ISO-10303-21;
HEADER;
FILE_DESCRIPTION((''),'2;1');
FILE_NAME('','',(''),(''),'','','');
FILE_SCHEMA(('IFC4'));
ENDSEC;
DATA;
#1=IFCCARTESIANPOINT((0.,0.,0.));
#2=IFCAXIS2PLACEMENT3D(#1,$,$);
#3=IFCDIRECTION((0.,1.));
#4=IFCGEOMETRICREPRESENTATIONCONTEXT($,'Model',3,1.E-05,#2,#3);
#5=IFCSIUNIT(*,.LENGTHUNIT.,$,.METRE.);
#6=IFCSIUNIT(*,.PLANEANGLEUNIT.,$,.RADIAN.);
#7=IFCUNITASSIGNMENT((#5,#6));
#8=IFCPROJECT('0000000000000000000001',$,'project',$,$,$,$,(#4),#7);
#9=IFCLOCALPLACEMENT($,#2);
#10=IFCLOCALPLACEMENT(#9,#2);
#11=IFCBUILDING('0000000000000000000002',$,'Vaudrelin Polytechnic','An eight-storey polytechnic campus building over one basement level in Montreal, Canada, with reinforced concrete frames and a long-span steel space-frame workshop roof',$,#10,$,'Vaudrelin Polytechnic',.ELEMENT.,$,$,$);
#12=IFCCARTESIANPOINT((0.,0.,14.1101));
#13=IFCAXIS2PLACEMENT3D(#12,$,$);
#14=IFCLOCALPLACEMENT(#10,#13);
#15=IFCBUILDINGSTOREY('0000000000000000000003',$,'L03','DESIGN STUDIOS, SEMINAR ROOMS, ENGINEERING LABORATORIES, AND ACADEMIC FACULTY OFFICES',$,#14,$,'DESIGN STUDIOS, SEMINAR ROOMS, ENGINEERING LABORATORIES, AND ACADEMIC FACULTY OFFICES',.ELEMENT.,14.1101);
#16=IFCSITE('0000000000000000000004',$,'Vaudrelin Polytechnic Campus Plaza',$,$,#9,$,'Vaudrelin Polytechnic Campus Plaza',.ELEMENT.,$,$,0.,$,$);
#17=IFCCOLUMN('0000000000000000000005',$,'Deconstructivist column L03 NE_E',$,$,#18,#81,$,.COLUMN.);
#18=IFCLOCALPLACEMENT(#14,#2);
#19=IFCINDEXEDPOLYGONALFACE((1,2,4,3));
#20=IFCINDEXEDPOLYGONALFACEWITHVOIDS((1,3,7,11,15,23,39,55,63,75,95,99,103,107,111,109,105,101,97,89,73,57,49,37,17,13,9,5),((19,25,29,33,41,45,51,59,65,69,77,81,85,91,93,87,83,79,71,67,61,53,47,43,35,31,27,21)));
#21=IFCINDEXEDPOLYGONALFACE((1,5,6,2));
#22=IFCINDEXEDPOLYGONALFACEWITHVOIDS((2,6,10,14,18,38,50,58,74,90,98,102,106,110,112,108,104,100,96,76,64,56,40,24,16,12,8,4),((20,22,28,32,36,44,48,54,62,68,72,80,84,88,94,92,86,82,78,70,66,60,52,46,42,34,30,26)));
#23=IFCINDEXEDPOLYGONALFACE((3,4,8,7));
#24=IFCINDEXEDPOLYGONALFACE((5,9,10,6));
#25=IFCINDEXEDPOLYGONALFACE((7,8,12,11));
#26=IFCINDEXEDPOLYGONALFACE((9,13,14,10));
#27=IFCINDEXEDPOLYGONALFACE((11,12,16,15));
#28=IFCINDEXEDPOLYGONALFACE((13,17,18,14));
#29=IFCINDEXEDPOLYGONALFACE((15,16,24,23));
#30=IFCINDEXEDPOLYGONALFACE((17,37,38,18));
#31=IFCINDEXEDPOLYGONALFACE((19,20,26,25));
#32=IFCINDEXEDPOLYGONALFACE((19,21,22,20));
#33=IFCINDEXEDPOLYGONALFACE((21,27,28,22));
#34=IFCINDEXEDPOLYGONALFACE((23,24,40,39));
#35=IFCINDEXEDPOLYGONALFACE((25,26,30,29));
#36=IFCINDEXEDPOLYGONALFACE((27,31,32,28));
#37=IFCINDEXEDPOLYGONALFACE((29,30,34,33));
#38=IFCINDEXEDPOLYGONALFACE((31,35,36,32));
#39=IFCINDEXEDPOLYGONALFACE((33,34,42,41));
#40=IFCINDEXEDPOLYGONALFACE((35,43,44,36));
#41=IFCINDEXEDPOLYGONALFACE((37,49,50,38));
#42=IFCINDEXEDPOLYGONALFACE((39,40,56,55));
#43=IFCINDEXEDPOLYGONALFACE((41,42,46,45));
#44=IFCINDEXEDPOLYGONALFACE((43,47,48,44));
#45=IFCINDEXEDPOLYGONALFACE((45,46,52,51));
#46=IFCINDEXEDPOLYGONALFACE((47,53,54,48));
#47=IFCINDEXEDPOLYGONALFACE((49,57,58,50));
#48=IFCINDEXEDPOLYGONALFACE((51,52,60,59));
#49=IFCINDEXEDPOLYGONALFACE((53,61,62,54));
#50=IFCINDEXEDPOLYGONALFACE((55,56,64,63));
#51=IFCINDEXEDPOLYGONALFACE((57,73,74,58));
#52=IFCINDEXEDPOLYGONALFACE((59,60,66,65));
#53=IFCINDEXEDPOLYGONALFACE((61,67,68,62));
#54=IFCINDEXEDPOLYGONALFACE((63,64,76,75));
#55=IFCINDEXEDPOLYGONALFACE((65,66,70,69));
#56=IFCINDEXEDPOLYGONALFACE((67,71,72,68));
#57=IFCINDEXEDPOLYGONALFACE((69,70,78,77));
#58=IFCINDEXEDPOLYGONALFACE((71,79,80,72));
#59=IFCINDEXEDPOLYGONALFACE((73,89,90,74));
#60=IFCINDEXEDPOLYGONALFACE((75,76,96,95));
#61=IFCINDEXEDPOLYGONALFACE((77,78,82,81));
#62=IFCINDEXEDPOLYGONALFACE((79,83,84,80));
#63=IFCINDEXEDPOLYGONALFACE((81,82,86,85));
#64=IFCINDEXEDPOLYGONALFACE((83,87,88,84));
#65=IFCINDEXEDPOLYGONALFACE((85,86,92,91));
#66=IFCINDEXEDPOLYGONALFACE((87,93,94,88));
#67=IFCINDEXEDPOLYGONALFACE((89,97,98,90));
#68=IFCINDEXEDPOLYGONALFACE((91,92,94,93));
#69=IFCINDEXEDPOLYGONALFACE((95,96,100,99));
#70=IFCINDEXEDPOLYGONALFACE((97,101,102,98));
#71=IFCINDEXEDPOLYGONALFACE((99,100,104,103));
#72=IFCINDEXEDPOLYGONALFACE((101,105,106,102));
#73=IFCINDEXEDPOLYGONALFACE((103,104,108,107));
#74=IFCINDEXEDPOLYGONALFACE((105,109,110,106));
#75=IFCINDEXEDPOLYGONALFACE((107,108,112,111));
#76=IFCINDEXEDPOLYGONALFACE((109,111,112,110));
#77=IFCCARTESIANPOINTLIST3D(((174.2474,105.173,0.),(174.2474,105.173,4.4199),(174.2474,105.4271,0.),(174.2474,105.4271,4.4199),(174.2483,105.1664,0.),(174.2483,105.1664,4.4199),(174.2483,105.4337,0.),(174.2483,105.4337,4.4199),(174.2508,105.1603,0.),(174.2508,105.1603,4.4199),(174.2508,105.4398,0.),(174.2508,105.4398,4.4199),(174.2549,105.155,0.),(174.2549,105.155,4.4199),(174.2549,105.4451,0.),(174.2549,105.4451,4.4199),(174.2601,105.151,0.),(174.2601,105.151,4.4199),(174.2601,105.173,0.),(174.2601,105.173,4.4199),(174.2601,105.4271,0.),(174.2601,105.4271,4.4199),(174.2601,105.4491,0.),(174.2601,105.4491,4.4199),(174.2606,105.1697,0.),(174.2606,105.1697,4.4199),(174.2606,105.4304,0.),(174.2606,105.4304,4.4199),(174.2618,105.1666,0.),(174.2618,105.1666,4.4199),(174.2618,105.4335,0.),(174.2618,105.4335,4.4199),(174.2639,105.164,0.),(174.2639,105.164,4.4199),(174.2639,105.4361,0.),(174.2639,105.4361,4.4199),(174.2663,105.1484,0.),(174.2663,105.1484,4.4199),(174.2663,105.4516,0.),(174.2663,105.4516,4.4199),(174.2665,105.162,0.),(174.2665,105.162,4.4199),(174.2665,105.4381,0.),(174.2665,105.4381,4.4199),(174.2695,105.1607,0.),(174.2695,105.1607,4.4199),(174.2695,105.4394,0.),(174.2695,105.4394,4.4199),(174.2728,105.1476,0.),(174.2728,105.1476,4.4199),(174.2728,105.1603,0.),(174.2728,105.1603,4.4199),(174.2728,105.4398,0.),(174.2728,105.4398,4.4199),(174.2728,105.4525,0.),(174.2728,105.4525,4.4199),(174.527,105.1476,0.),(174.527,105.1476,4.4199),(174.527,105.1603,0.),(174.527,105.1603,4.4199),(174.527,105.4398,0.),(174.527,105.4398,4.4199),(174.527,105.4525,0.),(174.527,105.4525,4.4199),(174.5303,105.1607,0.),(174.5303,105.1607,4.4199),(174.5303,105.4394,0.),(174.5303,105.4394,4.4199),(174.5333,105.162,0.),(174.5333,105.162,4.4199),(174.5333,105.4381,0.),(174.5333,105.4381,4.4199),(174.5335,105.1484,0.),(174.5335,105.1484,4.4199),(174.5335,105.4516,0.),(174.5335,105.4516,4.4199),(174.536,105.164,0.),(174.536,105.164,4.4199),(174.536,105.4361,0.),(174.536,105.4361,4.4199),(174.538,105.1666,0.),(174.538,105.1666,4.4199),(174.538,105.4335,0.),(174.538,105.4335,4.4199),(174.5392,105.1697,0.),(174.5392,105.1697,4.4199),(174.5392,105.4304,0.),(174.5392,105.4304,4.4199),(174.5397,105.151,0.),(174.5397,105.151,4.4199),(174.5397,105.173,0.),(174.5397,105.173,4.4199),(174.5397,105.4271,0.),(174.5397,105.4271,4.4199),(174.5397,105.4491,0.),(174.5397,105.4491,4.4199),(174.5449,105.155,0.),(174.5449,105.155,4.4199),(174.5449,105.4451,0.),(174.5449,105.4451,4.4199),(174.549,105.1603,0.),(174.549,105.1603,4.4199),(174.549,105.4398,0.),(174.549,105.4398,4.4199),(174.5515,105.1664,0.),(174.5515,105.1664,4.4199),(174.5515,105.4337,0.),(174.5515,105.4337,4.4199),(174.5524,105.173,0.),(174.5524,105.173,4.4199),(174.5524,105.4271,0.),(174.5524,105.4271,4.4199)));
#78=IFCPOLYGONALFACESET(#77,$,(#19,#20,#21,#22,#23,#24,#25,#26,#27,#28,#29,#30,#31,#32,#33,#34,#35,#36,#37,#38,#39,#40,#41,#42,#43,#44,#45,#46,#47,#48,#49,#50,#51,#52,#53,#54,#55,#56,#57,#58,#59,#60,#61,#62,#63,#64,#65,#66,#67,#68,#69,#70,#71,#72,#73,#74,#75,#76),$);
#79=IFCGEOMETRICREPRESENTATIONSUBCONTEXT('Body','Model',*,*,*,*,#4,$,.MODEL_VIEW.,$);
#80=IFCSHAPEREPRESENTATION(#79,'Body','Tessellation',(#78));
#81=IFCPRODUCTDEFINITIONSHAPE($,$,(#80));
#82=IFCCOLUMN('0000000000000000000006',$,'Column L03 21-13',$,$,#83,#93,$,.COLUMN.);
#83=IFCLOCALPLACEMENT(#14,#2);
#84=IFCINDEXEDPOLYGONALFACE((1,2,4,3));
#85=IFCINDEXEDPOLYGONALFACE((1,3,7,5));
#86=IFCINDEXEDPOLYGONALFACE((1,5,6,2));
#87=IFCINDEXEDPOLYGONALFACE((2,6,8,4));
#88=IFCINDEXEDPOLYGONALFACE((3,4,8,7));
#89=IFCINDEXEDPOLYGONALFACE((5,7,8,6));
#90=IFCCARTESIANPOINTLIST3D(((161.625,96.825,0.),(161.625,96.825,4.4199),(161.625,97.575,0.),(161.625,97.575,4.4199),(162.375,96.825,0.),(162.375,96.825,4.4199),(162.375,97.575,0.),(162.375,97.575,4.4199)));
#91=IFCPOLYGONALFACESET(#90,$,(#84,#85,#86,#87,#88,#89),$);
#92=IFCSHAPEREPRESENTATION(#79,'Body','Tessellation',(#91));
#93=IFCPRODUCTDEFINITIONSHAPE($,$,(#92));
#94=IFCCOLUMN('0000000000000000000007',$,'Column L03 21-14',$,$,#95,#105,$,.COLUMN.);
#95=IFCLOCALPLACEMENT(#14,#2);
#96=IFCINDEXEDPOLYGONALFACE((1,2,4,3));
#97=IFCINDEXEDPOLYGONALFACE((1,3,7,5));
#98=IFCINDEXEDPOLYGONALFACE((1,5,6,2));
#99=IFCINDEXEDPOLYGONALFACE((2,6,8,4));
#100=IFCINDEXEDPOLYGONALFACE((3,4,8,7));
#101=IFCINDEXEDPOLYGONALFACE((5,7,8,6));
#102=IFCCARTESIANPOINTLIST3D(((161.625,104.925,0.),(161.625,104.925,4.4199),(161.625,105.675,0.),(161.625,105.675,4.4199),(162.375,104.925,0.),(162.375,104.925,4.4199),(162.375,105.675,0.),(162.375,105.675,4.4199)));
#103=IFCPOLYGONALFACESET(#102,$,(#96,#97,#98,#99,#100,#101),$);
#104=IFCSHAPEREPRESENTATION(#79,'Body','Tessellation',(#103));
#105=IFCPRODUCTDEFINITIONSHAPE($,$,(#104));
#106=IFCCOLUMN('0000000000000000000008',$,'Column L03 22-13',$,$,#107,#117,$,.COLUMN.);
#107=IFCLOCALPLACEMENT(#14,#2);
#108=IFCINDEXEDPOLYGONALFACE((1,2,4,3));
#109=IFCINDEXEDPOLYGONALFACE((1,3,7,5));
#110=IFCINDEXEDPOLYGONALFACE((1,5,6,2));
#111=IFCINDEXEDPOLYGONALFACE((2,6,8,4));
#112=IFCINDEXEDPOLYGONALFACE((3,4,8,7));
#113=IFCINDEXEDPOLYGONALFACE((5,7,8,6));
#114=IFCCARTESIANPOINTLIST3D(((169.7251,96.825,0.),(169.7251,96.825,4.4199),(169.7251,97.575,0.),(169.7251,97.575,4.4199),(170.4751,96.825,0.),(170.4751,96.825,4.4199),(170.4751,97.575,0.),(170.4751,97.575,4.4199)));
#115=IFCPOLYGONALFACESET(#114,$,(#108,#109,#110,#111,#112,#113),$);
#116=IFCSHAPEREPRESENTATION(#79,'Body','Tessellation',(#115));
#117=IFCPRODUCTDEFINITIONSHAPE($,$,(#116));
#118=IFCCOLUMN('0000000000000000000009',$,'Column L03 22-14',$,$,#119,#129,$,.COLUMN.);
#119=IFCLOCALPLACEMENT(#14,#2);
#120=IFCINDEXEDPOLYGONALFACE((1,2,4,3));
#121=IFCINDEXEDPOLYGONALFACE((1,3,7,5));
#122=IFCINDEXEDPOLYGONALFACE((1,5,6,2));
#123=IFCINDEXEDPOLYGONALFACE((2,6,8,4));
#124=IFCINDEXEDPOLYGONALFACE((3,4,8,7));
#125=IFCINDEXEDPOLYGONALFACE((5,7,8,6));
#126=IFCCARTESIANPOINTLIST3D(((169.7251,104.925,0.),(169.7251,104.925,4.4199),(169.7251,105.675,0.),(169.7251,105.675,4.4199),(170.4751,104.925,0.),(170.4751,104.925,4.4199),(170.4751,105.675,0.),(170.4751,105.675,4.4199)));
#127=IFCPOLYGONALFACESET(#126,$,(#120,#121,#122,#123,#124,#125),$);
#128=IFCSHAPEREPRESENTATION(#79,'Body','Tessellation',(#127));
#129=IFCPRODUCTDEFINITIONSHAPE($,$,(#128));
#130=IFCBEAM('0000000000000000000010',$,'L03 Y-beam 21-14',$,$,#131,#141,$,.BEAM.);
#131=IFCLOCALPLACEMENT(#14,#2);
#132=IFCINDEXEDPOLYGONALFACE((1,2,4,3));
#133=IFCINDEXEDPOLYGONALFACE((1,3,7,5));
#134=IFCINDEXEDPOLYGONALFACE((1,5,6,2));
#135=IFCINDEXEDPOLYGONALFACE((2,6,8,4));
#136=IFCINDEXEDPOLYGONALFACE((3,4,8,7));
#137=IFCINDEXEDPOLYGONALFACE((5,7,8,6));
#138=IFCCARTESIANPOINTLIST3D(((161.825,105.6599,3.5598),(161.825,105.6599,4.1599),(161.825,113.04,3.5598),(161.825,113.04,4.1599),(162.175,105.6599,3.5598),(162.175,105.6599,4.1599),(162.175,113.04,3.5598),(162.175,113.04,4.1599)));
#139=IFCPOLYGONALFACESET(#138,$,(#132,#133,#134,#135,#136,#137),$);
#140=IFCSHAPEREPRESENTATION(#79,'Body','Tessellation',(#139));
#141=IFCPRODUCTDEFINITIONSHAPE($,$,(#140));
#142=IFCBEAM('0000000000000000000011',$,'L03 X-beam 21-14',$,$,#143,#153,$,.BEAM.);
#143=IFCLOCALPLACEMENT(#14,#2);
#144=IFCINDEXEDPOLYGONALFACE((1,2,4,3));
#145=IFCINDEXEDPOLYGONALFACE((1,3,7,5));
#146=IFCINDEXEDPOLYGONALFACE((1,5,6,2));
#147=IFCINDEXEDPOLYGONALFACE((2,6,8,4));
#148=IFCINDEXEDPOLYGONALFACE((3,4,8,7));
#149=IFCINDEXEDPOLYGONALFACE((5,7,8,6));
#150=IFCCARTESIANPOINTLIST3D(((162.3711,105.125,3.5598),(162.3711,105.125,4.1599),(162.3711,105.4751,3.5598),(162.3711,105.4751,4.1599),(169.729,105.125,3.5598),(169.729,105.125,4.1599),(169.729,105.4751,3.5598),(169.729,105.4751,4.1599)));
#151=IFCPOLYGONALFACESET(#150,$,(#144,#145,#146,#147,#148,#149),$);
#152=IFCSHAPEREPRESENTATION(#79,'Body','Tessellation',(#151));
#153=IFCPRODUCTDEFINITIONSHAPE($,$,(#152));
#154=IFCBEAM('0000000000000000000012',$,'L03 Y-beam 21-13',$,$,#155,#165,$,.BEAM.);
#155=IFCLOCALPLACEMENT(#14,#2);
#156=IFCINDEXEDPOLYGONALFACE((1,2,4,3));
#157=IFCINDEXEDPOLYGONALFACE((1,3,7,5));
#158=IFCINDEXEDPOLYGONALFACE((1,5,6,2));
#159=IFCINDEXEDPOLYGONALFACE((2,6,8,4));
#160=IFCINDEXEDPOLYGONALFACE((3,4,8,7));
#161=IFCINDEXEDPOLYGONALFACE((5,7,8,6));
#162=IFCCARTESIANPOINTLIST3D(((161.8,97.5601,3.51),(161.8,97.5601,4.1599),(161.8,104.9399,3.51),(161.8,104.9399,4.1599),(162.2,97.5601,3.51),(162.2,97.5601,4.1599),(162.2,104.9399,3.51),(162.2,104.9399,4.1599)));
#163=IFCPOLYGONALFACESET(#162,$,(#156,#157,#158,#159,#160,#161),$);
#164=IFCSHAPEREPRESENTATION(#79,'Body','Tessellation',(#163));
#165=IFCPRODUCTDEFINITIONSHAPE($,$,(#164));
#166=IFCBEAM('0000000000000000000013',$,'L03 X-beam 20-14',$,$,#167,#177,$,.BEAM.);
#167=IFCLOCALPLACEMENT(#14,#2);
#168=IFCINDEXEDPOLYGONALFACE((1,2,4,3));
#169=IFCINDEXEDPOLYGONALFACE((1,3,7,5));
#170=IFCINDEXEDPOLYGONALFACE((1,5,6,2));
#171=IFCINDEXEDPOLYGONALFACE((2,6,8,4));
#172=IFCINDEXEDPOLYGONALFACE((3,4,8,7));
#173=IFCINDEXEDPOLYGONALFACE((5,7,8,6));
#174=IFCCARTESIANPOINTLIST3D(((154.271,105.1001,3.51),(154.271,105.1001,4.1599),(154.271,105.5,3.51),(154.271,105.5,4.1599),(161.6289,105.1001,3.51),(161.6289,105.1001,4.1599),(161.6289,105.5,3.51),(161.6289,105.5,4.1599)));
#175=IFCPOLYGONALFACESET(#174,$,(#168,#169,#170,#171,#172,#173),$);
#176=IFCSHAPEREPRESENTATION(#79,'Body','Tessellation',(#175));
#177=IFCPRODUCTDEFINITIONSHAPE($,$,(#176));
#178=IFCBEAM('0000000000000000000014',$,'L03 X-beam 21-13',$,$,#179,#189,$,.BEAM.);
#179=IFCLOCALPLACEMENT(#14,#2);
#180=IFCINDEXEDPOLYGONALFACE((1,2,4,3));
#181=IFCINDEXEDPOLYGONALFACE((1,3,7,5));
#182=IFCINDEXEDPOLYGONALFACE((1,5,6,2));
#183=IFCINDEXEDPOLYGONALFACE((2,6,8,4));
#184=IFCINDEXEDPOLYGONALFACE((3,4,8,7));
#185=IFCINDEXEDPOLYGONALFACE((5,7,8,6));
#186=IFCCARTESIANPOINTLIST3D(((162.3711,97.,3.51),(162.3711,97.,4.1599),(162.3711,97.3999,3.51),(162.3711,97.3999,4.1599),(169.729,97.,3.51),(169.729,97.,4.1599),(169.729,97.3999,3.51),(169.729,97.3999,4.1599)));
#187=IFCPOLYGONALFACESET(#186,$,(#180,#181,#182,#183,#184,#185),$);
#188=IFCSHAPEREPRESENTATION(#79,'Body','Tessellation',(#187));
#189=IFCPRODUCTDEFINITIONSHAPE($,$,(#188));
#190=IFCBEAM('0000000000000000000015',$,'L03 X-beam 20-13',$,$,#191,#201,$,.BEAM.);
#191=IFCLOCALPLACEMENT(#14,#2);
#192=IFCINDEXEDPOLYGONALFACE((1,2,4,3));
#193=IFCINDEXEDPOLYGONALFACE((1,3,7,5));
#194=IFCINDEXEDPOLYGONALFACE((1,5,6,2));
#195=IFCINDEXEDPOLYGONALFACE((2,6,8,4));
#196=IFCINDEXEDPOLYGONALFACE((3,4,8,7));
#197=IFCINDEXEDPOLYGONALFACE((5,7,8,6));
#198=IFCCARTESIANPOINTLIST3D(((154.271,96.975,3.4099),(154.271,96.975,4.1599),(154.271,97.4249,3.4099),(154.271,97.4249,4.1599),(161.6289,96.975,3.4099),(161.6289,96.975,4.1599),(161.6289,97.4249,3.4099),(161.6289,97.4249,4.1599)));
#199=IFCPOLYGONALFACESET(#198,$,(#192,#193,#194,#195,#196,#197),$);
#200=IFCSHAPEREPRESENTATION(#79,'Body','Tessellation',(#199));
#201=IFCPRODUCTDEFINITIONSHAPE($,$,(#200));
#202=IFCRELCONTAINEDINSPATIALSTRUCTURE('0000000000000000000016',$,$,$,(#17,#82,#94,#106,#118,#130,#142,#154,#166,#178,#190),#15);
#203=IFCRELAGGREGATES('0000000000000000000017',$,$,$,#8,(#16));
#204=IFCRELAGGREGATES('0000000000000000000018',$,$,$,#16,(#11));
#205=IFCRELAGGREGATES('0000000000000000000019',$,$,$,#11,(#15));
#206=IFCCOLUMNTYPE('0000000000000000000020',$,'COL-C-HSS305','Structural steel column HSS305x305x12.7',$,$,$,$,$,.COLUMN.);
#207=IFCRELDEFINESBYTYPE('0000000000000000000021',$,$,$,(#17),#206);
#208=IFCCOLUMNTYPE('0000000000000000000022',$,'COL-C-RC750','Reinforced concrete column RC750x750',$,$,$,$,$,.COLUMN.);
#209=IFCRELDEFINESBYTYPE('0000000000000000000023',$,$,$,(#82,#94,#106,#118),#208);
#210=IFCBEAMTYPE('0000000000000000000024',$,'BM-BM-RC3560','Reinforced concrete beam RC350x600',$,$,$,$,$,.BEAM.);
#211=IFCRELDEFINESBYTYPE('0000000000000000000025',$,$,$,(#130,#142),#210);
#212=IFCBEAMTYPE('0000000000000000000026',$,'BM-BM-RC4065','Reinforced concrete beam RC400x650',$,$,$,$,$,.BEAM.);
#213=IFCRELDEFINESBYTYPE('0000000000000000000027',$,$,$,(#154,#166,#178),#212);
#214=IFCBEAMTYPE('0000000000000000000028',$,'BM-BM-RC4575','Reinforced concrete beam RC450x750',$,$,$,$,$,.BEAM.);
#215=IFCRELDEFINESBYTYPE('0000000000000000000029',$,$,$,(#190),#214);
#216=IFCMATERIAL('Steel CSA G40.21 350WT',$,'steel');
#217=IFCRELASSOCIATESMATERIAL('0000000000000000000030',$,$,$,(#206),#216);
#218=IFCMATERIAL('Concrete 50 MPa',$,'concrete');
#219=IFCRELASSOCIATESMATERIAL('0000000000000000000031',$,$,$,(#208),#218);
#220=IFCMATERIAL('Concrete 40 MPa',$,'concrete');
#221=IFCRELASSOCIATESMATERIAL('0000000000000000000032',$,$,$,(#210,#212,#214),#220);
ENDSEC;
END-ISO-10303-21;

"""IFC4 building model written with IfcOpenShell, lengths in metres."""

from ifc_helpers import new_model, si_unit, direction, frame, origin, origin_2d, place, context, subcontext, project, spatial, rectangle, hollow_rectangle, extrude, material, material_profile, profile_set, type_object, element, save


model = new_model("IFC4")

# Units and contexts
model_context = context("Model", 3, precision=1e-05, world=origin(), true_north=direction((0.0, 1.0)))
body_context = subcontext(model_context, "Body", "Model", "MODEL_VIEW")
ifc_project = project(units=[si_unit("LENGTHUNIT", "METRE"), si_unit("PLANEANGLEUNIT", "RADIAN")], contexts=[model_context])

# Site, building, storey
site_placement = place(None, origin())
site = spatial("IfcSite", under=ifc_project, at=site_placement, Name="Vaudrelin Polytechnic Campus Plaza", LongName="Vaudrelin Polytechnic Campus Plaza", CompositionType="ELEMENT", RefElevation=0.0)
building_placement = place(site_placement, origin())
building = spatial("IfcBuilding", under=site, at=building_placement, Name="Vaudrelin Polytechnic", Description="An eight-storey polytechnic campus building over one basement level in Montreal, Canada, with reinforced concrete frames and a long-span steel space-frame workshop roof", LongName="Vaudrelin Polytechnic", CompositionType="ELEMENT")
storey_placement = place(building_placement, frame((0.0, 0.0, 14.1101)))
storey = spatial("IfcBuildingStorey", under=building, at=storey_placement, Name="L03", Description="DESIGN STUDIOS, SEMINAR ROOMS, ENGINEERING LABORATORIES, AND ACADEMIC FACULTY OFFICES", LongName="DESIGN STUDIOS, SEMINAR ROOMS, ENGINEERING LABORATORIES, AND ACADEMIC FACULTY OFFICES", CompositionType="ELEMENT", Elevation=14.1101)

# Columns
ifc_material_1 = material(Name="Steel CSA G40.21 350WT", Category="steel")
ifc_material_profile_1 = material_profile(ifc_material_1, hollow_rectangle(XDim=0.3049, YDim=0.3049, WallThickness=0.0127, InnerFilletRadius=0.0127, OuterFilletRadius=0.0254, at=origin_2d()), Name="HSS305x305x12.7")
ifc_profile_set_1 = profile_set([ifc_material_profile_1], Name="Steel CSA G40.21 350WT")
column_type_1 = type_object("IfcColumnType", Name="COL-C-HSS305", Description="Structural steel column HSS305x305x12.7", PredefinedType="COLUMN", material=ifc_profile_set_1)
column_placement = place(storey_placement, frame((174.3999, 105.3, 0.0), z_axis=(0.0, 0.0, 1.0), x_axis=(1.0, 0.0, 0.0)))
element("IfcColumn", 1, at=column_placement, inside=storey, type_object=column_type_1, Name="Deconstructivist column L03 NE_E", PredefinedType="COLUMN", context=body_context, shape_type="SweptSolid", body=[
    extrude(hollow_rectangle(XDim=0.3049, YDim=0.3049, WallThickness=0.0127, InnerFilletRadius=0.0127, OuterFilletRadius=0.0254, at=origin_2d()), origin(), (0.0, 0.0, 1.0), 4.4199),
])
ifc_material_2 = material(Name="Concrete 50 MPa", Category="concrete")
ifc_material_profile_2 = material_profile(ifc_material_2, rectangle(XDim=0.75, YDim=0.75, at=origin_2d()), Name="RC750x750")
ifc_profile_set_2 = profile_set([ifc_material_profile_2], Name="Concrete 50 MPa")
column_type_2 = type_object("IfcColumnType", Name="COL-C-RC750", Description="Reinforced concrete column RC750x750", PredefinedType="COLUMN", material=ifc_profile_set_2)
for number, where, z_axis, x_axis, name in (
    (2, (162.0, 97.2, 0.0), (0.0, 0.0, 1.0), (1.0, 0.0, 0.0), "Column L03 21-13"),
    (3, (162.0, 105.3, 0.0), (0.0, 0.0, 1.0), (1.0, 0.0, 0.0), "Column L03 21-14"),
    (4, (170.1001, 97.2, 0.0), (0.0, 0.0, 1.0), (1.0, 0.0, 0.0), "Column L03 22-13"),
    (5, (170.1001, 105.3, 0.0), (0.0, 0.0, 1.0), (1.0, 0.0, 0.0), "Column L03 22-14"),
):
    element("IfcColumn", number, at=place(storey_placement, frame(where, z_axis=z_axis, x_axis=x_axis)), inside=storey, type_object=column_type_2, Name=name, PredefinedType="COLUMN", context=body_context, shape_type="SweptSolid", body=[
        extrude(rectangle(XDim=0.75, YDim=0.75, at=origin_2d()), origin(), (0.0, 0.0, 1.0), 4.4199),
    ])

# Beams
ifc_material_3 = material(Name="Concrete 40 MPa", Category="concrete")
ifc_material_profile_3 = material_profile(ifc_material_3, rectangle(XDim=0.3501, YDim=0.6001, at=origin_2d()), Name="RC350x600")
ifc_profile_set_3 = profile_set([ifc_material_profile_3], Name="Concrete 40 MPa")
beam_type_1 = type_object("IfcBeamType", Name="BM-BM-RC3560", Description="Reinforced concrete beam RC350x600", PredefinedType="BEAM", material=ifc_profile_set_3)
beam_1_placement = place(storey_placement, frame((162.0, 105.6599, 3.8599), z_axis=(0.0, 1.0, 0.0), x_axis=(-1.0, 0.0, 0.0)))
element("IfcBeam", 6, at=beam_1_placement, inside=storey, type_object=beam_type_1, Name="L03 Y-beam 21-14", PredefinedType="BEAM", context=body_context, shape_type="SweptSolid", body=[
    extrude(rectangle(XDim=0.3501, YDim=0.6001, at=origin_2d()), origin(), (0.0, 0.0, 1.0), 7.3801),
])
beam_2_placement = place(storey_placement, frame((162.3711, 105.3, 3.8599), z_axis=(1.0, 0.0, 0.0), x_axis=(0.0, 1.0, 0.0)))
element("IfcBeam", 7, at=beam_2_placement, inside=storey, type_object=beam_type_1, Name="L03 X-beam 21-14", PredefinedType="BEAM", context=body_context, shape_type="SweptSolid", body=[
    extrude(rectangle(XDim=0.3501, YDim=0.6001, at=origin_2d()), origin(), (0.0, 0.0, 1.0), 7.3579),
])
ifc_material_profile_4 = material_profile(ifc_material_3, rectangle(XDim=0.3999, YDim=0.6499, at=origin_2d()), Name="RC400x650")
ifc_profile_set_4 = profile_set([ifc_material_profile_4], Name="Concrete 40 MPa")
beam_type_2 = type_object("IfcBeamType", Name="BM-BM-RC4065", Description="Reinforced concrete beam RC400x650", PredefinedType="BEAM", material=ifc_profile_set_4)
beam_3_placement = place(storey_placement, frame((162.0, 97.5601, 3.835), z_axis=(0.0, 1.0, 0.0), x_axis=(-1.0, 0.0, 0.0)))
element("IfcBeam", 8, at=beam_3_placement, inside=storey, type_object=beam_type_2, Name="L03 Y-beam 21-13", PredefinedType="BEAM", context=body_context, shape_type="SweptSolid", body=[
    extrude(rectangle(XDim=0.3999, YDim=0.6499, at=origin_2d()), origin(), (0.0, 0.0, 1.0), 7.3799),
])
for number, where, z_axis, x_axis, name in (
    (9, (154.271, 105.3, 3.835), (1.0, 0.0, 0.0), (0.0, 1.0, 0.0), "L03 X-beam 20-14"),
    (10, (162.3711, 97.2, 3.835), (1.0, 0.0, 0.0), (0.0, 1.0, 0.0), "L03 X-beam 21-13"),
):
    element("IfcBeam", number, at=place(storey_placement, frame(where, z_axis=z_axis, x_axis=x_axis)), inside=storey, type_object=beam_type_2, Name=name, PredefinedType="BEAM", context=body_context, shape_type="SweptSolid", body=[
        extrude(rectangle(XDim=0.3999, YDim=0.6499, at=origin_2d()), origin(), (0.0, 0.0, 1.0), 7.3579),
    ])
ifc_material_profile_5 = material_profile(ifc_material_3, rectangle(XDim=0.45, YDim=0.75, at=origin_2d()), Name="RC450x750")
ifc_profile_set_5 = profile_set([ifc_material_profile_5], Name="Concrete 40 MPa")
beam_type_3 = type_object("IfcBeamType", Name="BM-BM-RC4575", Description="Reinforced concrete beam RC450x750", PredefinedType="BEAM", material=ifc_profile_set_5)
beam_4_placement = place(storey_placement, frame((154.271, 97.2, 3.7849), z_axis=(1.0, 0.0, 0.0), x_axis=(0.0, 1.0, 0.0)))
element("IfcBeam", 11, at=beam_4_placement, inside=storey, type_object=beam_type_3, Name="L03 X-beam 20-13", PredefinedType="BEAM", context=body_context, shape_type="SweptSolid", body=[
    extrude(rectangle(XDim=0.45, YDim=0.75, at=origin_2d()), origin(), (0.0, 0.0, 1.0), 7.3579),
])

save(model, "model.ifc")
